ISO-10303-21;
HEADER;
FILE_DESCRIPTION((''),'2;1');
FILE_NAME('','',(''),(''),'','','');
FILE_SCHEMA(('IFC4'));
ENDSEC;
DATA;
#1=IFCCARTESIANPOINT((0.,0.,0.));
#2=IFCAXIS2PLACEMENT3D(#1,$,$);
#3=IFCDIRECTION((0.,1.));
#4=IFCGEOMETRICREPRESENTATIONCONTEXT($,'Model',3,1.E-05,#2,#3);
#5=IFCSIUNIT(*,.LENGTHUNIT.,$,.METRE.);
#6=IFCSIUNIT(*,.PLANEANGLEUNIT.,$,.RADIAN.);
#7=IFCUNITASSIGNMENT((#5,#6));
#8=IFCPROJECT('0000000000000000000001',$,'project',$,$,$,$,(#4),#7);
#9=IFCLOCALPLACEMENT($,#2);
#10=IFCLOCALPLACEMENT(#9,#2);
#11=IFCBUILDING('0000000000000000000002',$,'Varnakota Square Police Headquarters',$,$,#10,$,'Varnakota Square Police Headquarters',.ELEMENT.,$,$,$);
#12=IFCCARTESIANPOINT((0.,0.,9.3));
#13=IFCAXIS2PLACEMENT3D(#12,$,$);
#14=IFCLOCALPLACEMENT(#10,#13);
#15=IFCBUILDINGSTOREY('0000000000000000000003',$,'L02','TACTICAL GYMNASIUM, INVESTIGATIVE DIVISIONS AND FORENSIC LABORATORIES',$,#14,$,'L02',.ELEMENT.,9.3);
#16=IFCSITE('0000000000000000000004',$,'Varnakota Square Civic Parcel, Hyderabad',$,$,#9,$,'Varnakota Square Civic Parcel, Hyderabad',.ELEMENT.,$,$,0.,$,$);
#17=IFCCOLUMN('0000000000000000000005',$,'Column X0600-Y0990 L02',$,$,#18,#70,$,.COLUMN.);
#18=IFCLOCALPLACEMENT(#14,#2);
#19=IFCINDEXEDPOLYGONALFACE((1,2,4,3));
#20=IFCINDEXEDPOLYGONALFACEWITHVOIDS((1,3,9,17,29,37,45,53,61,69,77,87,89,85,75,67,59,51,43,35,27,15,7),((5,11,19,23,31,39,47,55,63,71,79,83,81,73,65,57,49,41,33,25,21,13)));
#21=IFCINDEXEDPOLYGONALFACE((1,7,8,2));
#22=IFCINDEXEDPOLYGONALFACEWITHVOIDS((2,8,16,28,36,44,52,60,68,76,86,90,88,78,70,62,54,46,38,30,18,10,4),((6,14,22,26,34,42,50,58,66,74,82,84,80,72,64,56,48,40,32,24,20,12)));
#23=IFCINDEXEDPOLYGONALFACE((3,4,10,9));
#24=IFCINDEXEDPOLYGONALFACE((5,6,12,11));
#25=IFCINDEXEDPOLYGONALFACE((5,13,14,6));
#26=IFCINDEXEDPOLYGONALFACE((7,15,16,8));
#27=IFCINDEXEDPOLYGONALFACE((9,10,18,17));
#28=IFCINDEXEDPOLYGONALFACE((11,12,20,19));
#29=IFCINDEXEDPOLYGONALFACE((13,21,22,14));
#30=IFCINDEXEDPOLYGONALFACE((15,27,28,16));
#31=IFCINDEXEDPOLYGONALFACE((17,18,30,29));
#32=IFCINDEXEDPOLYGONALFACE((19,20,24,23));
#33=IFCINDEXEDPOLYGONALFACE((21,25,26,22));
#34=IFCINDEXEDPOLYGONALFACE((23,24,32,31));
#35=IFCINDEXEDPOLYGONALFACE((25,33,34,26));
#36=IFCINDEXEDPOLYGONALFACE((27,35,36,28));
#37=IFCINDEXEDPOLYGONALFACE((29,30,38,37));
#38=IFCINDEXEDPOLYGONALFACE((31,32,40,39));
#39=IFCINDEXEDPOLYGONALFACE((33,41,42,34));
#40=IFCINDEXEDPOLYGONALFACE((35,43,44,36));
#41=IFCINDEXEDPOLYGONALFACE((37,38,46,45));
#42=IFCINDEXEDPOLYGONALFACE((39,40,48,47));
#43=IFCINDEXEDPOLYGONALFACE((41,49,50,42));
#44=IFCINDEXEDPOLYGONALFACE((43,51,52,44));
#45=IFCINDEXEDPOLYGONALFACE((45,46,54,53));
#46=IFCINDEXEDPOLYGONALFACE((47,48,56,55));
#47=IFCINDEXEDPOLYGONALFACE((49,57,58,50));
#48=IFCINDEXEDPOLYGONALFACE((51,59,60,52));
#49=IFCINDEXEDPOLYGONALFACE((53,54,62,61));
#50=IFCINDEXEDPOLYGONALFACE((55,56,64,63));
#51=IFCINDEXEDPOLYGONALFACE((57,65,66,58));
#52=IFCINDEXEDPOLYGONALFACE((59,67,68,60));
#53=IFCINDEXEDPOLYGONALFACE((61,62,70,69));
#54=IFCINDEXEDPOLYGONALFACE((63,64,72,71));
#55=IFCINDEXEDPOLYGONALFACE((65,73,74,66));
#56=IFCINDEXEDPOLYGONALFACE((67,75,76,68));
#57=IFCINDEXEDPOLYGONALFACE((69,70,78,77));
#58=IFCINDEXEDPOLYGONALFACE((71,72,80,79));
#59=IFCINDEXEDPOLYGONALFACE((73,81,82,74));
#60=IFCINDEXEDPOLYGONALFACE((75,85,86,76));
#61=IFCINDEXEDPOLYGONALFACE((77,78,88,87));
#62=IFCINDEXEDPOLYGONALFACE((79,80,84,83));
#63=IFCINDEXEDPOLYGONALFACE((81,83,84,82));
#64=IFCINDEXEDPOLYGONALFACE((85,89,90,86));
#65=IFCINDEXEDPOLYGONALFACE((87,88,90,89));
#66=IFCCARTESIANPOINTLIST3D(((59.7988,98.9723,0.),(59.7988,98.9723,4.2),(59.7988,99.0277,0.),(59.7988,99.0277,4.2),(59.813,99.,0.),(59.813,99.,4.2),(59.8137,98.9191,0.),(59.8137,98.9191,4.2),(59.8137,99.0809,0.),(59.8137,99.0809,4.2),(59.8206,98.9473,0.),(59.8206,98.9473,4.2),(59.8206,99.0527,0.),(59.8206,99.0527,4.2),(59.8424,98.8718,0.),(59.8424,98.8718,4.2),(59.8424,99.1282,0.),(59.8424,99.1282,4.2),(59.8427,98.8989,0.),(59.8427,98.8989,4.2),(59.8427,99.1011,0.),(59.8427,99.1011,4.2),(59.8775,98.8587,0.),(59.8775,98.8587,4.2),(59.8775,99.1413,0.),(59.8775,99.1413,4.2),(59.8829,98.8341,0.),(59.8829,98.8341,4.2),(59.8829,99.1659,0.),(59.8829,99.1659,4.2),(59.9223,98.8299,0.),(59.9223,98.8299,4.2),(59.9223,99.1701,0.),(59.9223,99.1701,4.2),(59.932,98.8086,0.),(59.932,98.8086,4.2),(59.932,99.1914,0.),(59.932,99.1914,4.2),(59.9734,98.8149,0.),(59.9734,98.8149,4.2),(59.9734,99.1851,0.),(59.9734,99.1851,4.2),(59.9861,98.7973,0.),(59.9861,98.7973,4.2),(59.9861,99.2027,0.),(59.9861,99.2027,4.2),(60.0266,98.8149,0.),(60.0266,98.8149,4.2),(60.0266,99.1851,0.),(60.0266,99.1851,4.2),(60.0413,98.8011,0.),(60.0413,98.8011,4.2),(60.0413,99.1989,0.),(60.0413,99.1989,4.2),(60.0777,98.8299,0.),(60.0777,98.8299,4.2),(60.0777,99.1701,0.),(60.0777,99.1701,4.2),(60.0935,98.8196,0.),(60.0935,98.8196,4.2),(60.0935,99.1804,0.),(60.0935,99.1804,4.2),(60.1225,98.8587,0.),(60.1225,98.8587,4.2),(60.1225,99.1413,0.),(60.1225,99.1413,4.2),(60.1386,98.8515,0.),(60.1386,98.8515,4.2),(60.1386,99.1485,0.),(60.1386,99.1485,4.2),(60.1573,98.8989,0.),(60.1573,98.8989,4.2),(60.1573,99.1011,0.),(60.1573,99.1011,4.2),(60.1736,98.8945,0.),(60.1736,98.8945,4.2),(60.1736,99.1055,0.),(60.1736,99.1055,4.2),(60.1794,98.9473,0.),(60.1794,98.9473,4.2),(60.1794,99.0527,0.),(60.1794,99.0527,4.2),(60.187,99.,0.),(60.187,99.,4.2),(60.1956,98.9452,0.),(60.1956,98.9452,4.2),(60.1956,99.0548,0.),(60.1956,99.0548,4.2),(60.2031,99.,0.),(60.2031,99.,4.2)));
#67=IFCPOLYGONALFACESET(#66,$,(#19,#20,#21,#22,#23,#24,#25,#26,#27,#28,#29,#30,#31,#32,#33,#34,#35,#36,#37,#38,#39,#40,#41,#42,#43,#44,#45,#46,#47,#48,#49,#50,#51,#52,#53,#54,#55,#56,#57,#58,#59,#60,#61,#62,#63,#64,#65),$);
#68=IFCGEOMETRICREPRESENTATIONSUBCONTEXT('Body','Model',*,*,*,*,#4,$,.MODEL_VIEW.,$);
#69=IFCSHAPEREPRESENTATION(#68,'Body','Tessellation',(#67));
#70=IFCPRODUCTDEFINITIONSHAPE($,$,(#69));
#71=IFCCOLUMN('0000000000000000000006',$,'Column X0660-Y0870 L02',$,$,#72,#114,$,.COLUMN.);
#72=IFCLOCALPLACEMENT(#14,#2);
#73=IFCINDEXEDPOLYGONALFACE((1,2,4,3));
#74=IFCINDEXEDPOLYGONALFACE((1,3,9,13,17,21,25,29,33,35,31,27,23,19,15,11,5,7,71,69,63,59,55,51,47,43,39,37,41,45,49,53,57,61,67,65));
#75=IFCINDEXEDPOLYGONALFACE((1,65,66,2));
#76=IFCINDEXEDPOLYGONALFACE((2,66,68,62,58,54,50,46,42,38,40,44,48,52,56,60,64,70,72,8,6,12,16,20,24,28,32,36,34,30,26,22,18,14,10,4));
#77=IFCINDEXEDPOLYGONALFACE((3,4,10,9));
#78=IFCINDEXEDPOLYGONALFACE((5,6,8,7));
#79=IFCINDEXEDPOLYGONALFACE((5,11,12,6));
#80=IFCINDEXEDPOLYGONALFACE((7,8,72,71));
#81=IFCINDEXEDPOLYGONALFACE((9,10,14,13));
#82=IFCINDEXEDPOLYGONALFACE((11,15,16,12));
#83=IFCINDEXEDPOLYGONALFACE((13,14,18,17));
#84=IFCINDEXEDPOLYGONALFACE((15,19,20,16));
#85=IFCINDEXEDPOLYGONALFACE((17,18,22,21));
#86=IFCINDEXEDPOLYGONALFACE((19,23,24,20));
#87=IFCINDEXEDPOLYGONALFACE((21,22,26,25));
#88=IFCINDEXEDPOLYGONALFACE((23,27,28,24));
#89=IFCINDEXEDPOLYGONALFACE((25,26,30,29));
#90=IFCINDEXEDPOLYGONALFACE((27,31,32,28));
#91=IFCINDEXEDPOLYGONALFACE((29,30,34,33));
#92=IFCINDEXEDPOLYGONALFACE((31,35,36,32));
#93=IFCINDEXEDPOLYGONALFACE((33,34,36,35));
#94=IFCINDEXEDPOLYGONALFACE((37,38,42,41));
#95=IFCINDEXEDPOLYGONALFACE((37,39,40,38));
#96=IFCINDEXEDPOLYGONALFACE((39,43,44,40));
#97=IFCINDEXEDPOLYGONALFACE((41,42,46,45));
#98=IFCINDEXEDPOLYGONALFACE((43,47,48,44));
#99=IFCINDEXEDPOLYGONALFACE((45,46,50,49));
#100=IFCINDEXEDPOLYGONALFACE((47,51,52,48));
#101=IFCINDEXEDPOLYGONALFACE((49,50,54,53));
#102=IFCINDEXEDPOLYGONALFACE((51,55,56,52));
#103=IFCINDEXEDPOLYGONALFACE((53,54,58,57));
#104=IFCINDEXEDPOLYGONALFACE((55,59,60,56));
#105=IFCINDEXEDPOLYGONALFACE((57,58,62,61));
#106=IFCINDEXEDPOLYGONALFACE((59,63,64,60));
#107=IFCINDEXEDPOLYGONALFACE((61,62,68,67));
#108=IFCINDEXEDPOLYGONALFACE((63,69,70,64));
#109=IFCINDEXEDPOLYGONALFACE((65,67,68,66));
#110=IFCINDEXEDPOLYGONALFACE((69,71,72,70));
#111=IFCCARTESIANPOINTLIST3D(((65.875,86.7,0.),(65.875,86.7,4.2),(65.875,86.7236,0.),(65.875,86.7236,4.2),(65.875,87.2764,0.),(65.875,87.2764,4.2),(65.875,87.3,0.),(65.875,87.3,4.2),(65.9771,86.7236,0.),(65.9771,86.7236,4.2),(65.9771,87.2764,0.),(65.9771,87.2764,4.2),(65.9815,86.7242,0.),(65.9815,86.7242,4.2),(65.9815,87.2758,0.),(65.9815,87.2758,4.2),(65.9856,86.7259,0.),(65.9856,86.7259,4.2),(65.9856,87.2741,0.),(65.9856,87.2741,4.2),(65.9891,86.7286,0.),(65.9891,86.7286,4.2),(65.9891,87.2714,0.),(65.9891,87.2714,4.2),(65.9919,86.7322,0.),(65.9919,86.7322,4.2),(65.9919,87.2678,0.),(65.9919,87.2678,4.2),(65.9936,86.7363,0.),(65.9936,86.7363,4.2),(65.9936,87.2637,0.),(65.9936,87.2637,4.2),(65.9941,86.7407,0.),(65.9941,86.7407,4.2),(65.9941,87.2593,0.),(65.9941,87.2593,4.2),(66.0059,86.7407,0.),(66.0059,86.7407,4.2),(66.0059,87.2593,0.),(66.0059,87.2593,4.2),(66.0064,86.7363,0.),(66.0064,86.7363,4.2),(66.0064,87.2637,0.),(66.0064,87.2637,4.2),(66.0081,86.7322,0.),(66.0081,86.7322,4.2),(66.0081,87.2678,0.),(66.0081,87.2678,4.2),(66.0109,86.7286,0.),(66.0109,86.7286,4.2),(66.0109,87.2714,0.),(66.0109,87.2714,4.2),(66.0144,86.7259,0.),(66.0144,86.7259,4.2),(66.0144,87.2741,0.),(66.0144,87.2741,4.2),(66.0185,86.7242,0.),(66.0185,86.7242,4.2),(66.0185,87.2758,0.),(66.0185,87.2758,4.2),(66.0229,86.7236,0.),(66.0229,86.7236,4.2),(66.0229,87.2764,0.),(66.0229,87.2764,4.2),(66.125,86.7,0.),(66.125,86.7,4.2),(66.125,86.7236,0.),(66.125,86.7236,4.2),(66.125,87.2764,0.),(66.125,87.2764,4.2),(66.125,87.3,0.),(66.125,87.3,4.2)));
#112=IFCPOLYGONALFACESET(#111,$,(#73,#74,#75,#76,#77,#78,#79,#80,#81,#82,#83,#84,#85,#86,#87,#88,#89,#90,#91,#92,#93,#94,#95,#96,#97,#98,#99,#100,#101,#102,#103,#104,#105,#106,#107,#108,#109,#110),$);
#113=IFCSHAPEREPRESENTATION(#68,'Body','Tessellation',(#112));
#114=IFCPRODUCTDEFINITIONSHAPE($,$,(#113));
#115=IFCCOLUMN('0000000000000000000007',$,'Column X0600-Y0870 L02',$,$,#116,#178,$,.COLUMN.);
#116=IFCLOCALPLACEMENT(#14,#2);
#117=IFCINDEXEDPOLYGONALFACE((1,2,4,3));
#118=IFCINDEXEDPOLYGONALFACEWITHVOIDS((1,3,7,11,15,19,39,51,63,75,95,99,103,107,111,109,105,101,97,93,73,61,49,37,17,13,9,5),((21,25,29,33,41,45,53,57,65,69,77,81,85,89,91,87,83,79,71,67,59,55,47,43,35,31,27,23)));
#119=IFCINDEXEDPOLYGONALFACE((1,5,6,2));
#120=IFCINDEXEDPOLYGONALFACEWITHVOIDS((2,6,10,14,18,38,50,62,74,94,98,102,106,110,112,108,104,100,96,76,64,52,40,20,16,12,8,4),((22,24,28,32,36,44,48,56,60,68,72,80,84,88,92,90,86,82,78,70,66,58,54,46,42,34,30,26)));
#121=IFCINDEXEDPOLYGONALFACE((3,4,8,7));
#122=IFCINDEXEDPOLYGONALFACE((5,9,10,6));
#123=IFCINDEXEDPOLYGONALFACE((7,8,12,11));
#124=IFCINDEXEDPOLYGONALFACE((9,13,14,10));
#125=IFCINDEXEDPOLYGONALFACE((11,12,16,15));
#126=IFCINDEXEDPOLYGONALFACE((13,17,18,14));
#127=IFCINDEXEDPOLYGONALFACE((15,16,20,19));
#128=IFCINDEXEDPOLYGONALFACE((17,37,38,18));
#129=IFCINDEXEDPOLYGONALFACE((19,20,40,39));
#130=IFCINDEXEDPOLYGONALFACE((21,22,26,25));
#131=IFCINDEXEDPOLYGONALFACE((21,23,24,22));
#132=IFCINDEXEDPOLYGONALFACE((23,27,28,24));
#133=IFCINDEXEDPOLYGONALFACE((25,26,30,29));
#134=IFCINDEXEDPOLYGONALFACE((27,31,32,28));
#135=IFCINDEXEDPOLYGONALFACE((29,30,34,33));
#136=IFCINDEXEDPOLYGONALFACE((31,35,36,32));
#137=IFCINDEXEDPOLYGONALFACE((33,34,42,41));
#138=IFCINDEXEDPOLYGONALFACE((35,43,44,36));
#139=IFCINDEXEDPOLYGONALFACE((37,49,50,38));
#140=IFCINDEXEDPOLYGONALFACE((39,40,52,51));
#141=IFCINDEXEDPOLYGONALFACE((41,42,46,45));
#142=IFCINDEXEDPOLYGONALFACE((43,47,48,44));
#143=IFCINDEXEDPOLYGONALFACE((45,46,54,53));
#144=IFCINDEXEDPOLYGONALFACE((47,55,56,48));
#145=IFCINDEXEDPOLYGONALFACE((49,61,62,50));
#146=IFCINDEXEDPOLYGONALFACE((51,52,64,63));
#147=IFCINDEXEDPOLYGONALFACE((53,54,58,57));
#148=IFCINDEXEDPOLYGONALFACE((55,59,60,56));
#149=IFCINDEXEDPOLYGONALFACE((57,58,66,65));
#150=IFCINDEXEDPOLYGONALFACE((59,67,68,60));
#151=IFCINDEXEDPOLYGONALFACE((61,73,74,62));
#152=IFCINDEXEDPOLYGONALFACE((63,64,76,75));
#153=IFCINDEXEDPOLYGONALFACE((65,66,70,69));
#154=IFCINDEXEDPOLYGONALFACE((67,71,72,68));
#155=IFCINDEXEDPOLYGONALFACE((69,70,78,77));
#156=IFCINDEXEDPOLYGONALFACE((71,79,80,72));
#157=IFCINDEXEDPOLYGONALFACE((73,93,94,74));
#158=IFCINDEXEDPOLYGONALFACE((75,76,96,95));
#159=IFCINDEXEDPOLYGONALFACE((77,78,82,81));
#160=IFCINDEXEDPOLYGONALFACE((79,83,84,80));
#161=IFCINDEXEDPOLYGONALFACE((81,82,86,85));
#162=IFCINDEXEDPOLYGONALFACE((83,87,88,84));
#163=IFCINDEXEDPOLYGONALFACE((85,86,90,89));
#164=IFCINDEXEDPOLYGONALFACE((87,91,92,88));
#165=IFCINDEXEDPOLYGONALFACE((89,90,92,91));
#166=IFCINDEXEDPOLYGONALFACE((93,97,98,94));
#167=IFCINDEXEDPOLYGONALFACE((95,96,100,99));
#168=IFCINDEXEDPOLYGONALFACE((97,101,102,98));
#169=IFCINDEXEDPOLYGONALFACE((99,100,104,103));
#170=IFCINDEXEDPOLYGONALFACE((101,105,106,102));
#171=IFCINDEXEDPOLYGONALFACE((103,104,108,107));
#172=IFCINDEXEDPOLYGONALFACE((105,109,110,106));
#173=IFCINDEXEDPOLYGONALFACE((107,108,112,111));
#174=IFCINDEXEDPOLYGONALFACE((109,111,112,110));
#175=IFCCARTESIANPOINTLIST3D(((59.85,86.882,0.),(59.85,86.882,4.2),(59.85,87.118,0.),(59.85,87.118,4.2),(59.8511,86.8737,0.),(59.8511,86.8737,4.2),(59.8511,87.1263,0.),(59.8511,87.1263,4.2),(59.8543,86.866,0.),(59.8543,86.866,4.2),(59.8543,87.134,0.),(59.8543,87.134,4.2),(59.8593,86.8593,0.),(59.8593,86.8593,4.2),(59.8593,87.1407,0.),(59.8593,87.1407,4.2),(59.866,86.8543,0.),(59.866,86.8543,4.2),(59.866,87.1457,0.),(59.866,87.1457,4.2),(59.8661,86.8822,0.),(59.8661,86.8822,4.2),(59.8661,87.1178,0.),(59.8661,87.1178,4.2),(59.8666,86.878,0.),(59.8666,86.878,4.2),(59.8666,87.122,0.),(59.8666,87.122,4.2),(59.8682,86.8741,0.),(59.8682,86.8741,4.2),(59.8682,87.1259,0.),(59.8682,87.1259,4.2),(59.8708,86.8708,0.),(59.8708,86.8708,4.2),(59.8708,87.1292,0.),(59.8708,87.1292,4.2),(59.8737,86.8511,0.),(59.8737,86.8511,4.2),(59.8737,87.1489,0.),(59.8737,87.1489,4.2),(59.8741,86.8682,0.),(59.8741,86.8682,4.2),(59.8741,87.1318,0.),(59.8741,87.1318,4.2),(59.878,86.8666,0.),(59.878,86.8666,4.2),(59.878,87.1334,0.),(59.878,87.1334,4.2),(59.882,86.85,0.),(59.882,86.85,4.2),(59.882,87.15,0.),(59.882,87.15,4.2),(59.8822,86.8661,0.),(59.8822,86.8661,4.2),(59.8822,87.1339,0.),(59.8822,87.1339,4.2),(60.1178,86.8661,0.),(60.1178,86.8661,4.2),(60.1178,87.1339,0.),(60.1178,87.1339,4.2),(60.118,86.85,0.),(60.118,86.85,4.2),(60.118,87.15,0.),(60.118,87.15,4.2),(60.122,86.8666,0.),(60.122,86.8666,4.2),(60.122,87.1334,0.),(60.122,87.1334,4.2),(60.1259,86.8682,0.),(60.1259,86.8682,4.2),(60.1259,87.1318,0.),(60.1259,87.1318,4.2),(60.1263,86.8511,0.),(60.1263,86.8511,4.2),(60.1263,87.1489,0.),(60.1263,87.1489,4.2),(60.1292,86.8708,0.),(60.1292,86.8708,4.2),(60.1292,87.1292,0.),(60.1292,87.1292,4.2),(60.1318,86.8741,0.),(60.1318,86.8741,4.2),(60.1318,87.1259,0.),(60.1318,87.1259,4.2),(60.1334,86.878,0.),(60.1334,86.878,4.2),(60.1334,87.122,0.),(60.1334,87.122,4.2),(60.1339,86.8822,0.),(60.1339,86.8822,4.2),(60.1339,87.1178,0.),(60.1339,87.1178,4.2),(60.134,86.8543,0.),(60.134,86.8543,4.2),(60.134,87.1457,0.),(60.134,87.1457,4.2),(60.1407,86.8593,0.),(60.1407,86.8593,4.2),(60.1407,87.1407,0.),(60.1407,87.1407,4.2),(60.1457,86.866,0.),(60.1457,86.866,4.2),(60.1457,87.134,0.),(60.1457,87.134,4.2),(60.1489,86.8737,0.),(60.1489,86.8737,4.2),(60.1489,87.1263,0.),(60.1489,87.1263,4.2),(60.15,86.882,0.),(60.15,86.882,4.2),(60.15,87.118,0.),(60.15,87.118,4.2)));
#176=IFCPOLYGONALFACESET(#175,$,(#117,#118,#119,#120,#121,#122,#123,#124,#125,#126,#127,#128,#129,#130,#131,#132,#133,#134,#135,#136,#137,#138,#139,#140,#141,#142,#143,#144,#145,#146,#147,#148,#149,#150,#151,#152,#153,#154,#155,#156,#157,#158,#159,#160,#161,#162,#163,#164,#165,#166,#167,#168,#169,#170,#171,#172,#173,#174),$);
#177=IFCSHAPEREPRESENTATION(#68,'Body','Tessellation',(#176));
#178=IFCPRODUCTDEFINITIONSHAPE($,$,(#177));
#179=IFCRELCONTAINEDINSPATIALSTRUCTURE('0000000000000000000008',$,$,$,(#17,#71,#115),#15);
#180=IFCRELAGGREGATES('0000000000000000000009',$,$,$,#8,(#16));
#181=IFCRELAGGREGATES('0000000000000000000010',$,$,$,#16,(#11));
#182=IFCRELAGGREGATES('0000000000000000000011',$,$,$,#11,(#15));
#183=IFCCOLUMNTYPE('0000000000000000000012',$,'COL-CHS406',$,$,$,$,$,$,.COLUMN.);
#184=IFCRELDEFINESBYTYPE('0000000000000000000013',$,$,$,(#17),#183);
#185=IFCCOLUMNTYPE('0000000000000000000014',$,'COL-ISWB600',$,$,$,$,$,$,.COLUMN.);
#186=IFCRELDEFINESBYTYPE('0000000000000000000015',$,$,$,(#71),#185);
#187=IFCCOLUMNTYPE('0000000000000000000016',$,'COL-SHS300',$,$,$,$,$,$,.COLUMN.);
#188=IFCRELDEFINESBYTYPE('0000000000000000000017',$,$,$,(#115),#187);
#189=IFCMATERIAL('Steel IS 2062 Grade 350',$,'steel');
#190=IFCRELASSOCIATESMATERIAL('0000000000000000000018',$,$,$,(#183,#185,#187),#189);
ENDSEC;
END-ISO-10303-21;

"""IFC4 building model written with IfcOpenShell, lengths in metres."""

from ifc_helpers import new_model, si_unit, direction, frame, origin, origin_2d, place, context, subcontext, project, spatial, hollow_rectangle, hollow_circle, i_section, extrude, material, material_profile, profile_set, type_object, element, save


model = new_model("IFC4")

# Units and contexts
model_context = context("Model", 3, precision=1e-05, world=origin(), true_north=direction((0.0, 1.0)))
body_context = subcontext(model_context, "Body", "Model", "MODEL_VIEW")
ifc_project = project(units=[si_unit("LENGTHUNIT", "METRE"), si_unit("PLANEANGLEUNIT", "RADIAN")], contexts=[model_context])

# Site, building, storey
site_placement = place(None, origin())
site = spatial("IfcSite", under=ifc_project, at=site_placement, Name="Varnakota Square Civic Parcel, Hyderabad", LongName="Varnakota Square Civic Parcel, Hyderabad", CompositionType="ELEMENT", RefElevation=0.0)
building_placement = place(site_placement, origin())
building = spatial("IfcBuilding", under=site, at=building_placement, Name="Varnakota Square Police Headquarters", LongName="Varnakota Square Police Headquarters", CompositionType="ELEMENT")
storey_placement = place(building_placement, frame((0.0, 0.0, 9.3)))
storey = spatial("IfcBuildingStorey", under=building, at=storey_placement, Name="L02", Description="TACTICAL GYMNASIUM, INVESTIGATIVE DIVISIONS AND FORENSIC LABORATORIES", LongName="L02", CompositionType="ELEMENT", Elevation=9.3)

# Columns
ifc_material_1 = material(Name="Steel IS 2062 Grade 350", Category="steel")
ifc_material_profile_1 = material_profile(ifc_material_1, hollow_circle(Radius=0.2031, WallThickness=0.0161, at=origin_2d()), Name="CHS 406.4x16.0")
ifc_profile_set_1 = profile_set([ifc_material_profile_1], Name="Steel IS 2062 Grade 350")
column_type_1 = type_object("IfcColumnType", Name="COL-CHS406", PredefinedType="COLUMN", material=ifc_profile_set_1)
column_1_placement = place(storey_placement, frame((60.0, 99.0, 0.0), z_axis=(0.0, 0.0, 1.0), x_axis=(1.0, 0.0, 0.0)))
element("IfcColumn", 1, at=column_1_placement, inside=storey, type_object=column_type_1, Name="Column X0600-Y0990 L02", PredefinedType="COLUMN", context=body_context, shape_type="SweptSolid", body=[
    extrude(hollow_circle(Radius=0.2031, WallThickness=0.0161, at=origin_2d()), origin(), (0.0, 0.0, 1.0), 4.2),
])
ifc_material_profile_2 = material_profile(ifc_material_1, i_section(OverallWidth=0.25, OverallDepth=0.6001, WebThickness=0.0117, FlangeThickness=0.0237, FilletRadius=0.0171, at=origin_2d()), Name="ISWB 600")
ifc_profile_set_2 = profile_set([ifc_material_profile_2], Name="Steel IS 2062 Grade 350")
column_type_2 = type_object("IfcColumnType", Name="COL-ISWB600", PredefinedType="COLUMN", material=ifc_profile_set_2)
column_2_placement = place(storey_placement, frame((66.0, 87.0, 0.0), z_axis=(0.0, 0.0, 1.0), x_axis=(1.0, 0.0, 0.0)))
element("IfcColumn", 2, at=column_2_placement, inside=storey, type_object=column_type_2, Name="Column X0660-Y0870 L02", PredefinedType="COLUMN", context=body_context, shape_type="SweptSolid", body=[
    extrude(i_section(OverallWidth=0.25, OverallDepth=0.6001, WebThickness=0.0117, FlangeThickness=0.0237, FilletRadius=0.0171, at=origin_2d()), origin(), (0.0, 0.0, 1.0), 4.2),
])
ifc_material_profile_3 = material_profile(ifc_material_1, hollow_rectangle(XDim=0.3, YDim=0.3, WallThickness=0.0161, InnerFilletRadius=0.0161, OuterFilletRadius=0.032, at=origin_2d()), Name="SHS 300x300x16")
ifc_profile_set_3 = profile_set([ifc_material_profile_3], Name="Steel IS 2062 Grade 350")
column_type_3 = type_object("IfcColumnType", Name="COL-SHS300", PredefinedType="COLUMN", material=ifc_profile_set_3)
column_3_placement = place(storey_placement, frame((60.0, 87.0, 0.0), z_axis=(0.0, 0.0, 1.0), x_axis=(1.0, 0.0, 0.0)))
element("IfcColumn", 3, at=column_3_placement, inside=storey, type_object=column_type_3, Name="Column X0600-Y0870 L02", PredefinedType="COLUMN", context=body_context, shape_type="SweptSolid", body=[
    extrude(hollow_rectangle(XDim=0.3, YDim=0.3, WallThickness=0.0161, InnerFilletRadius=0.0161, OuterFilletRadius=0.032, at=origin_2d()), origin(), (0.0, 0.0, 1.0), 4.2),
])

save(model, "model.ifc")
